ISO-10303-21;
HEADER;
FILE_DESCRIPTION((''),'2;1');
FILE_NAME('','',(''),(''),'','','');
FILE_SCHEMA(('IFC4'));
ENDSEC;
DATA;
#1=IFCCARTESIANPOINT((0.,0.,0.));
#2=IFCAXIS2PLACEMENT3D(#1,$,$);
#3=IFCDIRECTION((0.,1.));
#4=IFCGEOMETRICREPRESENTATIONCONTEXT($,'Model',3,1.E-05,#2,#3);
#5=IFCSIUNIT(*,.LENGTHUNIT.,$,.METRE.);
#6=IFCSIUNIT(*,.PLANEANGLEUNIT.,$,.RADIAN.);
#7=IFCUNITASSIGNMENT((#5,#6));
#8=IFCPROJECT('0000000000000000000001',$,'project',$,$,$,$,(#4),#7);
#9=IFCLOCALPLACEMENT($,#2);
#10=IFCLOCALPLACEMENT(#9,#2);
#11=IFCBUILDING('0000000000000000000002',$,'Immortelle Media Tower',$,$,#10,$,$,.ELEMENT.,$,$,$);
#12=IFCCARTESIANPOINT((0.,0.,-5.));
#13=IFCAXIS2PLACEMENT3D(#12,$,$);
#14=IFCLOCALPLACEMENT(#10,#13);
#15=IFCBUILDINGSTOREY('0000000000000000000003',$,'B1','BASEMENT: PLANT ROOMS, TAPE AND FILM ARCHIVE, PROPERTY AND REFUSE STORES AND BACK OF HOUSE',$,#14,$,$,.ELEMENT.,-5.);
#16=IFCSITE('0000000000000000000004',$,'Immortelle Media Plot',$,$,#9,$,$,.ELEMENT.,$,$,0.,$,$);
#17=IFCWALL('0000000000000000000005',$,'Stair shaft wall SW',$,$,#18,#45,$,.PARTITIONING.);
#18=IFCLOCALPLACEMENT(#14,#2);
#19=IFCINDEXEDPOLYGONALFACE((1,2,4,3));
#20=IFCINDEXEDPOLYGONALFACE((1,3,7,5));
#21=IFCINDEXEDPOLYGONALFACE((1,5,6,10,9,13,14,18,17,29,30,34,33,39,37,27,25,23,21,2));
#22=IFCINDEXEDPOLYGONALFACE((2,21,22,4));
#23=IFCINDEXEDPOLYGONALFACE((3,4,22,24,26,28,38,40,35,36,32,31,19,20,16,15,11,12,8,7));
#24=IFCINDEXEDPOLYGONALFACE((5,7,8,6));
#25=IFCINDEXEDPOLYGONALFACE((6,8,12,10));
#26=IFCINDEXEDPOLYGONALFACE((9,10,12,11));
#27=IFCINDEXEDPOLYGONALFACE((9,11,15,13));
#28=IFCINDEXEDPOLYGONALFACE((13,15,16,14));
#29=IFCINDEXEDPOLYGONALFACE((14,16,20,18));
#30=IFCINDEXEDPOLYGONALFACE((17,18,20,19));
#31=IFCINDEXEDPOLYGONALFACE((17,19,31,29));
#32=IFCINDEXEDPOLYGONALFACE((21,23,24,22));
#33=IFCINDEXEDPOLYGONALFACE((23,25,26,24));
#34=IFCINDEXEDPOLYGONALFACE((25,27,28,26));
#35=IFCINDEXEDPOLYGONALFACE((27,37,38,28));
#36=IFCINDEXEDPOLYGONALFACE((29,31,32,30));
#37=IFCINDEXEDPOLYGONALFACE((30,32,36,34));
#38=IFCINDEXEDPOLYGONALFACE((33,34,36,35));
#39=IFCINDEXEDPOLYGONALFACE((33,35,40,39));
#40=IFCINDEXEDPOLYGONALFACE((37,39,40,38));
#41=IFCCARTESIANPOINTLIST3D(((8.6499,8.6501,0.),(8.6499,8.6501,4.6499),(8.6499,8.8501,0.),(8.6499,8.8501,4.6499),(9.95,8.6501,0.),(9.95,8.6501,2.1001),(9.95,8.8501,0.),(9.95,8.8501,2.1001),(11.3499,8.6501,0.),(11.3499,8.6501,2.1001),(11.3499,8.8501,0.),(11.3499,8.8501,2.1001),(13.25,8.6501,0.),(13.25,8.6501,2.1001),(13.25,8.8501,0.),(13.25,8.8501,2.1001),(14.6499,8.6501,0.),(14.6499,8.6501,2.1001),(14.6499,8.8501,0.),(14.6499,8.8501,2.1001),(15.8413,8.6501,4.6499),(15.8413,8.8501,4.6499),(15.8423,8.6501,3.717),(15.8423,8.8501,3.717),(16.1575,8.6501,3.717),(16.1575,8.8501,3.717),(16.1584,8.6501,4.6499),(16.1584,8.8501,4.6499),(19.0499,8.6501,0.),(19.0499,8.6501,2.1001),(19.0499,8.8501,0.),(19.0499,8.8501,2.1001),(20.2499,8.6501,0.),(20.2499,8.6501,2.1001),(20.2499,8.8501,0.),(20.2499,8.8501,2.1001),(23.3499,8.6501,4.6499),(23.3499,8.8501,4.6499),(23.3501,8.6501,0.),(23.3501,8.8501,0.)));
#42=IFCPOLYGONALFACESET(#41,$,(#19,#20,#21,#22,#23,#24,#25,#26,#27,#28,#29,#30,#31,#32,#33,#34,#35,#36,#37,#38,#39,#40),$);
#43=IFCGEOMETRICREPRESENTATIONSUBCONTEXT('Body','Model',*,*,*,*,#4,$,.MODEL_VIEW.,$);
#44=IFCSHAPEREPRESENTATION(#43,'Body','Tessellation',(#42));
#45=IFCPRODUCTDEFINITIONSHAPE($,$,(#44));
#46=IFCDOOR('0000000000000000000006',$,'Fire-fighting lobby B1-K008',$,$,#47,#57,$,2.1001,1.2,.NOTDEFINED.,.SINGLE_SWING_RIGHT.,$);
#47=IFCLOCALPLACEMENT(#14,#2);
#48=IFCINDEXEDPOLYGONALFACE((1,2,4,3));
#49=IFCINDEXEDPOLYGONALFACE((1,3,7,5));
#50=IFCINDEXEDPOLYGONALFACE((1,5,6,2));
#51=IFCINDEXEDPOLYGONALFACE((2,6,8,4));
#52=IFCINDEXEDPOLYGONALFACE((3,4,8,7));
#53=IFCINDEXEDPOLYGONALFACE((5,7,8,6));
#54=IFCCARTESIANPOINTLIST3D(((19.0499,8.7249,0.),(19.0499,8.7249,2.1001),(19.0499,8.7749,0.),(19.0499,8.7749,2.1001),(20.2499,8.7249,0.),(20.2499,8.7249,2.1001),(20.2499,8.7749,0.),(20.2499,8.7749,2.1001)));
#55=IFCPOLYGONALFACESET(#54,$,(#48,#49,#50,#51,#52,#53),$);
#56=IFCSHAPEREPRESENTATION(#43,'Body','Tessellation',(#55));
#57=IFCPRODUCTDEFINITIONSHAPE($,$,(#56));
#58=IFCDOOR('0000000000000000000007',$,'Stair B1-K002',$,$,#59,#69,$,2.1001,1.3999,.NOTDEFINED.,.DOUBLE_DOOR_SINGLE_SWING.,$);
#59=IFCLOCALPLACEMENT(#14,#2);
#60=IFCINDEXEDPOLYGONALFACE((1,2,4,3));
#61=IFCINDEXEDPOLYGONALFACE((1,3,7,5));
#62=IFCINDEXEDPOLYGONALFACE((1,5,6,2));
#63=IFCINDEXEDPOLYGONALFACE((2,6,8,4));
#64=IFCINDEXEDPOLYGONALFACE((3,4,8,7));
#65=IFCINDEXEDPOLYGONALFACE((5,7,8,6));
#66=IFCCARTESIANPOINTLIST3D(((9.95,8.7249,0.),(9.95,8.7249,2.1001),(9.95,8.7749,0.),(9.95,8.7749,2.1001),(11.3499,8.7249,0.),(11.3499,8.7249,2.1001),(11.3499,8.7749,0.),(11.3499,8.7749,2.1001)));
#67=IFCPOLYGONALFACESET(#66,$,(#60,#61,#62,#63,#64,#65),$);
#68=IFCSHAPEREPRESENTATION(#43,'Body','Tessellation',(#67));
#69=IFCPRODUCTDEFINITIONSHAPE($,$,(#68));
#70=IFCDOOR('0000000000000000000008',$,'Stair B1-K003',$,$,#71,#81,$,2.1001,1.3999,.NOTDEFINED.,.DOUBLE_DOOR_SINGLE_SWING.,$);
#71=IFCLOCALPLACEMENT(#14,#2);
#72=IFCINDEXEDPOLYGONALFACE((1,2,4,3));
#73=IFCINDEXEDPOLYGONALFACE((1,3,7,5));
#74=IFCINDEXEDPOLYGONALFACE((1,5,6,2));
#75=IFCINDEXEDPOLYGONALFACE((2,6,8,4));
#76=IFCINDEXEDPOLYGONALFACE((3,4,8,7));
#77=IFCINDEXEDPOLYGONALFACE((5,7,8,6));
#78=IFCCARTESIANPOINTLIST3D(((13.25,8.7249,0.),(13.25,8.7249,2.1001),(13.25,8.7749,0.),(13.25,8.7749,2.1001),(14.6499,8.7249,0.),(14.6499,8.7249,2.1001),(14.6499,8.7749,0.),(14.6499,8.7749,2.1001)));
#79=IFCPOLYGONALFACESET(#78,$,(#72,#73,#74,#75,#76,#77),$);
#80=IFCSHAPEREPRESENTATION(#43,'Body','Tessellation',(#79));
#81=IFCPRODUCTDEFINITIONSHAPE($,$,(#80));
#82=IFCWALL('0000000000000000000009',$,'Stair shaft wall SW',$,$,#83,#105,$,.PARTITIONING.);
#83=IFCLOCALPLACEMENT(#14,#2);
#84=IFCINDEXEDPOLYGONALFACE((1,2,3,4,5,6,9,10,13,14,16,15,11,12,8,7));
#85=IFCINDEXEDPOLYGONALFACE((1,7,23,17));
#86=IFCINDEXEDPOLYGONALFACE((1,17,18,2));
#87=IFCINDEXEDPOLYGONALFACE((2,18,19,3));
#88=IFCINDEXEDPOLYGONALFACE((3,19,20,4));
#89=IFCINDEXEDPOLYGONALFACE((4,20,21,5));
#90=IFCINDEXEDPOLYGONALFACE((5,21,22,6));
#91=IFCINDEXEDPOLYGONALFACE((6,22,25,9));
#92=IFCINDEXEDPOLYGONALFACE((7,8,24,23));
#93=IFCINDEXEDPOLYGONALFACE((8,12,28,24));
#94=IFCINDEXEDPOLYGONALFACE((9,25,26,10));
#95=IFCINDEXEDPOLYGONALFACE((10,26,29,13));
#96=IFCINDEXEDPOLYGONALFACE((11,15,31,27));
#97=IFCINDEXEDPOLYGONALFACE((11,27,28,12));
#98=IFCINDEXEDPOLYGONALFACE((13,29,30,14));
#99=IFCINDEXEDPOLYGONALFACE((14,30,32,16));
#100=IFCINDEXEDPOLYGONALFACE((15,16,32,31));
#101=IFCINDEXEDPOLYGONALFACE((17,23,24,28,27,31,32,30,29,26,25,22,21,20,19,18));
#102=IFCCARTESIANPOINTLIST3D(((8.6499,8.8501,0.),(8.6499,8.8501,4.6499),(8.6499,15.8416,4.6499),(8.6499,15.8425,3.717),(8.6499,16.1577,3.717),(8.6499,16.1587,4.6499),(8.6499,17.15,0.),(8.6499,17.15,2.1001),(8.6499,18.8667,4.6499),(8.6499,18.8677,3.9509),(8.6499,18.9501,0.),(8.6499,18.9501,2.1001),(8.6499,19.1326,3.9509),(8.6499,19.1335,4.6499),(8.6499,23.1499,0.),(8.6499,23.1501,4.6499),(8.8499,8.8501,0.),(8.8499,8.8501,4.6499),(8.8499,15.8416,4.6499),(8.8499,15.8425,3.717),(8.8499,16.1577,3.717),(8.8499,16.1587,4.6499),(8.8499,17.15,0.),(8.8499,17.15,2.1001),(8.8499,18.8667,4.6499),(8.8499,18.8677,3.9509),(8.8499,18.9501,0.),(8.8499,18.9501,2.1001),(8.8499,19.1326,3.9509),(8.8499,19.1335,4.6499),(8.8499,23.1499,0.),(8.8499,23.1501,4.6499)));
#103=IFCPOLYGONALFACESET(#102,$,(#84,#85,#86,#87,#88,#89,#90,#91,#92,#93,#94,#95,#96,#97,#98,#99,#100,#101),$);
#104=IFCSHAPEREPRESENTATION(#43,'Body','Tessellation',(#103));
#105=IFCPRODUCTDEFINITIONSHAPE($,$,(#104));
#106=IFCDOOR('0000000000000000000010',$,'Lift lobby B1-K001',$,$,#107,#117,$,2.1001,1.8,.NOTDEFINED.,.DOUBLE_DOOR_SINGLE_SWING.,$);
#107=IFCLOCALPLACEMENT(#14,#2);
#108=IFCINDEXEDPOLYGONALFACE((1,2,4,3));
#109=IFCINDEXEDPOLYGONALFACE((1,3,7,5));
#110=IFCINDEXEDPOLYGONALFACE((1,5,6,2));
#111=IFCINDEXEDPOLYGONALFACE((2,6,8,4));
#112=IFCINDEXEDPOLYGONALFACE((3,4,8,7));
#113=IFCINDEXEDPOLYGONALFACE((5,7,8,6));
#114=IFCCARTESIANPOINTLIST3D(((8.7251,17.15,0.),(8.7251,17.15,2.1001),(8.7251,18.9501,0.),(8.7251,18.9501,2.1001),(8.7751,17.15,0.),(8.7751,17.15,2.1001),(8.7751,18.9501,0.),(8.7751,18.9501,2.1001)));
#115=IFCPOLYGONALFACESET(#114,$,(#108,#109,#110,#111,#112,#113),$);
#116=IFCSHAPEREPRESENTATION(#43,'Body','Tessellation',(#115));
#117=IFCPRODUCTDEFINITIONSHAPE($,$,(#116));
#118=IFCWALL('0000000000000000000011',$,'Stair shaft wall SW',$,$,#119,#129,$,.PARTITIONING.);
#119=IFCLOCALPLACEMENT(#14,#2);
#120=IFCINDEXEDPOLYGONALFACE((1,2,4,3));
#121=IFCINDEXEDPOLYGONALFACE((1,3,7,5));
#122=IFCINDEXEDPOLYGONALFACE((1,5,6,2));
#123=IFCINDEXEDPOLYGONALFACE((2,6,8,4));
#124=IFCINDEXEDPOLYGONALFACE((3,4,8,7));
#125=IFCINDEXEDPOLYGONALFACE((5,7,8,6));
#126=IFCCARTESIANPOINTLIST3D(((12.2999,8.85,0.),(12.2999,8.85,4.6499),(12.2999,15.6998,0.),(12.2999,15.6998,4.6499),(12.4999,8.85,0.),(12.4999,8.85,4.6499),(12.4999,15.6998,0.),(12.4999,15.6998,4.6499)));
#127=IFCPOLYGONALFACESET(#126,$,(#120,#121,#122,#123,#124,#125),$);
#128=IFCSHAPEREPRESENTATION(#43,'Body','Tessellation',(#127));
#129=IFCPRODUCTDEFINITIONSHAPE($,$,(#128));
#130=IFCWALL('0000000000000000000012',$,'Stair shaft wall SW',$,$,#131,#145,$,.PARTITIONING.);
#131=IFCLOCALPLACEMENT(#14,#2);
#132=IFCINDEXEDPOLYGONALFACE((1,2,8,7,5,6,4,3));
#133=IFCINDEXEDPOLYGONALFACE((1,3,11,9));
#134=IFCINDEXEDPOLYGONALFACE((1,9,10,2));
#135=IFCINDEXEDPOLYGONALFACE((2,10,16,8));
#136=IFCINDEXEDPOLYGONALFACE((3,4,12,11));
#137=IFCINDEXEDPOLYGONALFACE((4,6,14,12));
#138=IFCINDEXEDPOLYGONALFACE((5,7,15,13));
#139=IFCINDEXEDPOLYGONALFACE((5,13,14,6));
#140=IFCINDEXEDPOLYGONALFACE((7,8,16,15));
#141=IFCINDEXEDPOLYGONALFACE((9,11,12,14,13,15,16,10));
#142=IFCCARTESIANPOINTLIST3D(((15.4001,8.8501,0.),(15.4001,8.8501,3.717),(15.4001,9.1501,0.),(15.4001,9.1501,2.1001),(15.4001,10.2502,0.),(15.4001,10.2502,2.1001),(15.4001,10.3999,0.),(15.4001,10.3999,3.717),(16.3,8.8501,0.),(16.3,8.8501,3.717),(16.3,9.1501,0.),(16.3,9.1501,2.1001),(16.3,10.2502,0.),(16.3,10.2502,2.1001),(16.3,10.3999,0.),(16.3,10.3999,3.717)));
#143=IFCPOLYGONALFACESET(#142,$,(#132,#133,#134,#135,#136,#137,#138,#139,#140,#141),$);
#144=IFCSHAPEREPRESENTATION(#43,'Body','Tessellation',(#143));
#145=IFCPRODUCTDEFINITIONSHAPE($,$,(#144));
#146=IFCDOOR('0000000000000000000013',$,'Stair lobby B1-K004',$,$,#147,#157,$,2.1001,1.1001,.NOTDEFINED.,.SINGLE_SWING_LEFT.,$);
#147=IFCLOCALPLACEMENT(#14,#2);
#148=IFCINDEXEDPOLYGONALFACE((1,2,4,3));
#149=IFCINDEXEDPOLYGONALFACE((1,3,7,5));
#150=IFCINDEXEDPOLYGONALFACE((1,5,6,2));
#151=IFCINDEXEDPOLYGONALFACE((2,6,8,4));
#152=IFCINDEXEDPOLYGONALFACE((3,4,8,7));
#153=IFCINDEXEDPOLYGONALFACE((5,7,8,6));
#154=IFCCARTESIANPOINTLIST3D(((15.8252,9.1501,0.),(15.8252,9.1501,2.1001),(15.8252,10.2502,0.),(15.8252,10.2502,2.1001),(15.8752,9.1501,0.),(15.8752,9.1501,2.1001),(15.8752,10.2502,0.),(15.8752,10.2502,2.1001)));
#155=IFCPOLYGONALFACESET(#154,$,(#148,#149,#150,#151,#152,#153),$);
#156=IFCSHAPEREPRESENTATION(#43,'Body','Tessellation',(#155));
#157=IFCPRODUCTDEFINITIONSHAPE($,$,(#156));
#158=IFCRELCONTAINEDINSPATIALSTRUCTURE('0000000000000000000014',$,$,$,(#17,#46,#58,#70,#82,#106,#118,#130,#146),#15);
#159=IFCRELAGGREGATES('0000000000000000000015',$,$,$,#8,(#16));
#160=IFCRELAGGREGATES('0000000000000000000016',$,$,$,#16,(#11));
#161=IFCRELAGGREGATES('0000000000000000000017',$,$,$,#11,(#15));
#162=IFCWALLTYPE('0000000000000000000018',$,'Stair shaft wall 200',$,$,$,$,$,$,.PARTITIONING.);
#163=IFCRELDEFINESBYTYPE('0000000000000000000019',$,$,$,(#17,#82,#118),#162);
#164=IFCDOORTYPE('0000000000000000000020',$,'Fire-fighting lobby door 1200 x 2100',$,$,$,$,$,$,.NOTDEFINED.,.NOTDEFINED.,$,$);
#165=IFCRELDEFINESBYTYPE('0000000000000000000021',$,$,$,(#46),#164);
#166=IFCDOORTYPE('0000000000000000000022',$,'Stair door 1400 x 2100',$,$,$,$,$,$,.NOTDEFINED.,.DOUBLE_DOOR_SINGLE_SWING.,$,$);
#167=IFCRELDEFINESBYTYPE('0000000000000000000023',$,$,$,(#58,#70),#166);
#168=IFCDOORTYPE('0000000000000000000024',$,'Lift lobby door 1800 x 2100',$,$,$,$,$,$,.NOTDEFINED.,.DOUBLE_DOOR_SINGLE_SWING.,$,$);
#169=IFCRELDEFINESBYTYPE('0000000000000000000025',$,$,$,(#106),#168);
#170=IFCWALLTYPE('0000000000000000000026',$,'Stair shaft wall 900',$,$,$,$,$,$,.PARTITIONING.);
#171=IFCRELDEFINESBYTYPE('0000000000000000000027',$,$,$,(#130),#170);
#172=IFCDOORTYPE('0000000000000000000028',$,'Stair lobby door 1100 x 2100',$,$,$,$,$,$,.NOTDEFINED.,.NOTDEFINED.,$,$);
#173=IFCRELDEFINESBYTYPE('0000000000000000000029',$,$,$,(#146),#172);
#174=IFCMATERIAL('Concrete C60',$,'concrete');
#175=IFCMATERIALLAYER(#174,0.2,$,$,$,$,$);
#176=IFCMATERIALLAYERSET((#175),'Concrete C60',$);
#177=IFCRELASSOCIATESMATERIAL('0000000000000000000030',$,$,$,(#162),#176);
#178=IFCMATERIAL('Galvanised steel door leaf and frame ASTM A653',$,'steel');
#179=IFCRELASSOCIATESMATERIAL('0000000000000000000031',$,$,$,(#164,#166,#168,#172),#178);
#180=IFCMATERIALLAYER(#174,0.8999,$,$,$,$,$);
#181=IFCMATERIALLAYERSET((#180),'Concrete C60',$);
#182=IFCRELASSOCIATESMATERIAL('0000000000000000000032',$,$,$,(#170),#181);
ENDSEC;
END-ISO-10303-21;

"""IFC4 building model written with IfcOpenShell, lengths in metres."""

from ifc_helpers import new_model, si_unit, direction, frame, frame_2d, origin, place, context, subcontext, project, spatial, polyline, rectangle, outline, extrude, material, layer, layer_set, type_object, element, fill, save


model = new_model("IFC4")

# Units and contexts
model_context = context("Model", 3, precision=1e-05, world=origin(), true_north=direction((0.0, 1.0)))
body_context = subcontext(model_context, "Body", "Model", "MODEL_VIEW")
ifc_project = project(units=[si_unit("LENGTHUNIT", "METRE"), si_unit("PLANEANGLEUNIT", "RADIAN")], contexts=[model_context])

# Site, building, storey
site_placement = place(None, origin())
site = spatial("IfcSite", under=ifc_project, at=site_placement, Name="Immortelle Media Plot", CompositionType="ELEMENT", RefElevation=0.0)
building_placement = place(site_placement, origin())
building = spatial("IfcBuilding", under=site, at=building_placement, Name="Immortelle Media Tower", CompositionType="ELEMENT")
storey_placement = place(building_placement, frame((0.0, 0.0, -5.0)))
storey = spatial("IfcBuildingStorey", under=building, at=storey_placement, Name="B1", Description="BASEMENT: PLANT ROOMS, TAPE AND FILM ARCHIVE, PROPERTY AND REFUSE STORES AND BACK OF HOUSE", CompositionType="ELEMENT", Elevation=-5.0)

# Shared definitions
ifc_material_1 = material(Name="Concrete C60", Category="concrete")

# Wall, openings, doors
ifc_layer_1 = layer(ifc_material_1, 0.2)
ifc_layer_set_1 = layer_set([ifc_layer_1], Name="Concrete C60")
wall_type_1 = type_object("IfcWallType", Name="Stair shaft wall 200", PredefinedType="PARTITIONING", material=ifc_layer_set_1)
wall_1_placement = place(storey_placement, frame((8.6499, 8.75, 0.0), z_axis=(0.0, 0.0, 1.0), x_axis=(1.0, 0.0, 0.0)))
wall_1 = element("IfcWall", 1, at=wall_1_placement, inside=storey, type_object=wall_type_1, Name="Stair shaft wall SW", PredefinedType="PARTITIONING", context=body_context, shape_type="SweptSolid", body=[
    extrude(outline(polyline([(0.0, 0.0), (14.7002, 0.0), (14.7, 4.6499), (7.5085, 4.6499), (7.5076, 3.717), (7.1924, 3.717), (7.1914, 4.6499), (0.0, 4.6499), (0.0, 0.0)])), frame((0.0, 0.1001, 0.0), z_axis=(0.0, -1.0, 0.0), x_axis=(1.0, 0.0, 0.0)), (0.0, 0.0, 1.0), 0.2),
])
opening_1_placement = place(wall_1_placement, frame((1.3, 0.0, 0.0)))
opening_1 = element("IfcOpeningElement", 2, at=opening_1_placement, cuts=wall_1, PredefinedType="OPENING", context=body_context, shape_type="SweptSolid", body=[
    extrude(rectangle(XDim=1.3999, YDim=2.1001, at=frame_2d((0.7, 1.05))), frame((0.0, 0.1099, 0.0), z_axis=(0.0, -1.0, 0.0), x_axis=(1.0, 0.0, 0.0)), (0.0, 0.0, 1.0), 0.22),
])
opening_2_placement = place(wall_1_placement, frame((4.6001, 0.0, 0.0)))
opening_2 = element("IfcOpeningElement", 3, at=opening_2_placement, cuts=wall_1, PredefinedType="OPENING", context=body_context, shape_type="SweptSolid", body=[
    extrude(rectangle(XDim=1.3999, YDim=2.1001, at=frame_2d((0.7, 1.05))), frame((0.0, 0.1099, 0.0), z_axis=(0.0, -1.0, 0.0), x_axis=(1.0, 0.0, 0.0)), (0.0, 0.0, 1.0), 0.22),
])
opening_3_placement = place(wall_1_placement, frame((10.3999, 0.0, 0.0)))
opening_3 = element("IfcOpeningElement", 4, at=opening_3_placement, cuts=wall_1, PredefinedType="OPENING", context=body_context, shape_type="SweptSolid", body=[
    extrude(rectangle(XDim=1.2, YDim=2.1001, at=frame_2d((0.6001, 1.05))), frame((0.0, 0.1099, 0.0), z_axis=(0.0, -1.0, 0.0), x_axis=(1.0, 0.0, 0.0)), (0.0, 0.0, 1.0), 0.22),
])
ifc_material_2 = material(Name="Galvanised steel door leaf and frame ASTM A653", Category="steel")
door_type_1 = type_object("IfcDoorType", Name="Fire-fighting lobby door 1200 x 2100", OperationType="NOTDEFINED", PredefinedType="NOTDEFINED", material=ifc_material_2)
door_1_placement = place(opening_3_placement, origin())
door_1 = element("IfcDoor", 5, at=door_1_placement, inside=storey, type_object=door_type_1, Name="Fire-fighting lobby B1-K008", OperationType="SINGLE_SWING_RIGHT", OverallHeight=2.1001, OverallWidth=1.2, PredefinedType="NOTDEFINED", context=body_context, shape_type="SweptSolid", body=[
    extrude(rectangle(XDim=1.2, YDim=2.1001, at=frame_2d((0.6001, 1.05))), frame((0.0, 0.0249, 0.0), z_axis=(0.0, -1.0, 0.0), x_axis=(1.0, 0.0, 0.0)), (0.0, 0.0, 1.0), 0.05),
])
fill(opening_3, door_1)
door_type_2 = type_object("IfcDoorType", Name="Stair door 1400 x 2100", OperationType="DOUBLE_DOOR_SINGLE_SWING", PredefinedType="NOTDEFINED", material=ifc_material_2)
door_2_placement = place(opening_1_placement, origin())
door_2 = element("IfcDoor", 6, at=door_2_placement, inside=storey, type_object=door_type_2, Name="Stair B1-K002", OperationType="DOUBLE_DOOR_SINGLE_SWING", OverallHeight=2.1001, OverallWidth=1.3999, PredefinedType="NOTDEFINED", context=body_context, shape_type="SweptSolid", body=[
    extrude(rectangle(XDim=1.3999, YDim=2.1001, at=frame_2d((0.7, 1.05))), frame((0.0, 0.0249, 0.0), z_axis=(0.0, -1.0, 0.0), x_axis=(1.0, 0.0, 0.0)), (0.0, 0.0, 1.0), 0.05),
])
fill(opening_1, door_2)
door_3_placement = place(opening_2_placement, origin())
door_3 = element("IfcDoor", 7, at=door_3_placement, inside=storey, type_object=door_type_2, Name="Stair B1-K003", OperationType="DOUBLE_DOOR_SINGLE_SWING", OverallHeight=2.1001, OverallWidth=1.3999, PredefinedType="NOTDEFINED", context=body_context, shape_type="SweptSolid", body=[
    extrude(rectangle(XDim=1.3999, YDim=2.1001, at=frame_2d((0.7, 1.05))), frame((0.0, 0.0249, 0.0), z_axis=(0.0, -1.0, 0.0), x_axis=(1.0, 0.0, 0.0)), (0.0, 0.0, 1.0), 0.05),
])
fill(opening_2, door_3)

# Wall, opening, door
wall_2_placement = place(storey_placement, frame((8.75, 8.8501, 0.0), z_axis=(0.0, 0.0, 1.0), x_axis=(0.0, 1.0, 0.0)))
wall_2 = element("IfcWall", 8, at=wall_2_placement, inside=storey, type_object=wall_type_1, Name="Stair shaft wall SW", PredefinedType="PARTITIONING", context=body_context, shape_type="SweptSolid", body=[
    extrude(outline(polyline([(0.0, 0.0), (14.2998, 0.0), (14.3, 4.6499), (10.2834, 4.6499), (10.2825, 3.9509), (10.0176, 3.9509), (10.0166, 4.6499), (7.3086, 4.6499), (7.3076, 3.717), (6.9924, 3.717), (6.9915, 4.6499), (0.0, 4.6499), (0.0, 0.0)])), frame((0.0, 0.1001, 0.0), z_axis=(0.0, -1.0, 0.0), x_axis=(1.0, 0.0, 0.0)), (0.0, 0.0, 1.0), 0.2),
])
opening_4_placement = place(wall_2_placement, frame((8.3, 0.0, 0.0)))
opening_4 = element("IfcOpeningElement", 9, at=opening_4_placement, cuts=wall_2, PredefinedType="OPENING", context=body_context, shape_type="SweptSolid", body=[
    extrude(rectangle(XDim=1.8, YDim=2.1001, at=frame_2d((0.8999, 1.05))), frame((0.0, 0.1099, 0.0), z_axis=(0.0, -1.0, 0.0), x_axis=(1.0, 0.0, 0.0)), (0.0, 0.0, 1.0), 0.22),
])
door_type_3 = type_object("IfcDoorType", Name="Lift lobby door 1800 x 2100", OperationType="DOUBLE_DOOR_SINGLE_SWING", PredefinedType="NOTDEFINED", material=ifc_material_2)
door_4_placement = place(opening_4_placement, origin())
door_4 = element("IfcDoor", 10, at=door_4_placement, inside=storey, type_object=door_type_3, Name="Lift lobby B1-K001", OperationType="DOUBLE_DOOR_SINGLE_SWING", OverallHeight=2.1001, OverallWidth=1.8, PredefinedType="NOTDEFINED", context=body_context, shape_type="SweptSolid", body=[
    extrude(rectangle(XDim=1.8, YDim=2.1001, at=frame_2d((0.8999, 1.05))), frame((0.0, 0.0249, 0.0), z_axis=(0.0, -1.0, 0.0), x_axis=(1.0, 0.0, 0.0)), (0.0, 0.0, 1.0), 0.05),
])
fill(opening_4, door_4)

# Wall
wall_3_placement = place(storey_placement, frame((12.3999, 8.8501, 0.0), z_axis=(0.0, 0.0, 1.0), x_axis=(0.0, 1.0, 0.0)))
element("IfcWall", 11, at=wall_3_placement, inside=storey, type_object=wall_type_1, Name="Stair shaft wall SW", PredefinedType="PARTITIONING", context=body_context, shape_type="SweptSolid", body=[
    extrude(rectangle(XDim=6.8499, YDim=0.2, at=frame_2d((3.4248, 0.0))), origin(), (0.0, 0.0, 1.0), 4.6499),
])

# Wall, opening, door
ifc_layer_2 = layer(ifc_material_1, 0.8999)
ifc_layer_set_2 = layer_set([ifc_layer_2], Name="Concrete C60")
wall_type_2 = type_object("IfcWallType", Name="Stair shaft wall 900", PredefinedType="PARTITIONING", material=ifc_layer_set_2)
wall_4_placement = place(storey_placement, frame((15.8501, 8.8501, 0.0), z_axis=(0.0, 0.0, 1.0), x_axis=(0.0, 1.0, 0.0)))
wall_4 = element("IfcWall", 12, at=wall_4_placement, inside=storey, type_object=wall_type_2, Name="Stair shaft wall SW", PredefinedType="PARTITIONING", context=body_context, shape_type="SweptSolid", body=[
    extrude(rectangle(XDim=1.5498, YDim=0.8999, at=frame_2d((0.7749, 0.0))), origin(), (0.0, 0.0, 1.0), 3.717),
])
opening_5_placement = place(wall_4_placement, frame((0.3, 0.0, 0.0)))
opening_5 = element("IfcOpeningElement", 13, at=opening_5_placement, cuts=wall_4, PredefinedType="OPENING", context=body_context, shape_type="SweptSolid", body=[
    extrude(rectangle(XDim=1.1001, YDim=2.1001, at=frame_2d((0.55, 1.05))), frame((0.0, 0.46, 0.0), z_axis=(0.0, -1.0, 0.0), x_axis=(1.0, 0.0, 0.0)), (0.0, 0.0, 1.0), 0.9199),
])
door_type_4 = type_object("IfcDoorType", Name="Stair lobby door 1100 x 2100", OperationType="NOTDEFINED", PredefinedType="NOTDEFINED", material=ifc_material_2)
door_5_placement = place(opening_5_placement, origin())
door_5 = element("IfcDoor", 14, at=door_5_placement, inside=storey, type_object=door_type_4, Name="Stair lobby B1-K004", OperationType="SINGLE_SWING_LEFT", OverallHeight=2.1001, OverallWidth=1.1001, PredefinedType="NOTDEFINED", context=body_context, shape_type="SweptSolid", body=[
    extrude(rectangle(XDim=1.1001, YDim=2.1001, at=frame_2d((0.55, 1.05))), frame((0.0, 0.0249, 0.0), z_axis=(0.0, -1.0, 0.0), x_axis=(1.0, 0.0, 0.0)), (0.0, 0.0, 1.0), 0.05),
])
fill(opening_5, door_5)

save(model, "model.ifc")
